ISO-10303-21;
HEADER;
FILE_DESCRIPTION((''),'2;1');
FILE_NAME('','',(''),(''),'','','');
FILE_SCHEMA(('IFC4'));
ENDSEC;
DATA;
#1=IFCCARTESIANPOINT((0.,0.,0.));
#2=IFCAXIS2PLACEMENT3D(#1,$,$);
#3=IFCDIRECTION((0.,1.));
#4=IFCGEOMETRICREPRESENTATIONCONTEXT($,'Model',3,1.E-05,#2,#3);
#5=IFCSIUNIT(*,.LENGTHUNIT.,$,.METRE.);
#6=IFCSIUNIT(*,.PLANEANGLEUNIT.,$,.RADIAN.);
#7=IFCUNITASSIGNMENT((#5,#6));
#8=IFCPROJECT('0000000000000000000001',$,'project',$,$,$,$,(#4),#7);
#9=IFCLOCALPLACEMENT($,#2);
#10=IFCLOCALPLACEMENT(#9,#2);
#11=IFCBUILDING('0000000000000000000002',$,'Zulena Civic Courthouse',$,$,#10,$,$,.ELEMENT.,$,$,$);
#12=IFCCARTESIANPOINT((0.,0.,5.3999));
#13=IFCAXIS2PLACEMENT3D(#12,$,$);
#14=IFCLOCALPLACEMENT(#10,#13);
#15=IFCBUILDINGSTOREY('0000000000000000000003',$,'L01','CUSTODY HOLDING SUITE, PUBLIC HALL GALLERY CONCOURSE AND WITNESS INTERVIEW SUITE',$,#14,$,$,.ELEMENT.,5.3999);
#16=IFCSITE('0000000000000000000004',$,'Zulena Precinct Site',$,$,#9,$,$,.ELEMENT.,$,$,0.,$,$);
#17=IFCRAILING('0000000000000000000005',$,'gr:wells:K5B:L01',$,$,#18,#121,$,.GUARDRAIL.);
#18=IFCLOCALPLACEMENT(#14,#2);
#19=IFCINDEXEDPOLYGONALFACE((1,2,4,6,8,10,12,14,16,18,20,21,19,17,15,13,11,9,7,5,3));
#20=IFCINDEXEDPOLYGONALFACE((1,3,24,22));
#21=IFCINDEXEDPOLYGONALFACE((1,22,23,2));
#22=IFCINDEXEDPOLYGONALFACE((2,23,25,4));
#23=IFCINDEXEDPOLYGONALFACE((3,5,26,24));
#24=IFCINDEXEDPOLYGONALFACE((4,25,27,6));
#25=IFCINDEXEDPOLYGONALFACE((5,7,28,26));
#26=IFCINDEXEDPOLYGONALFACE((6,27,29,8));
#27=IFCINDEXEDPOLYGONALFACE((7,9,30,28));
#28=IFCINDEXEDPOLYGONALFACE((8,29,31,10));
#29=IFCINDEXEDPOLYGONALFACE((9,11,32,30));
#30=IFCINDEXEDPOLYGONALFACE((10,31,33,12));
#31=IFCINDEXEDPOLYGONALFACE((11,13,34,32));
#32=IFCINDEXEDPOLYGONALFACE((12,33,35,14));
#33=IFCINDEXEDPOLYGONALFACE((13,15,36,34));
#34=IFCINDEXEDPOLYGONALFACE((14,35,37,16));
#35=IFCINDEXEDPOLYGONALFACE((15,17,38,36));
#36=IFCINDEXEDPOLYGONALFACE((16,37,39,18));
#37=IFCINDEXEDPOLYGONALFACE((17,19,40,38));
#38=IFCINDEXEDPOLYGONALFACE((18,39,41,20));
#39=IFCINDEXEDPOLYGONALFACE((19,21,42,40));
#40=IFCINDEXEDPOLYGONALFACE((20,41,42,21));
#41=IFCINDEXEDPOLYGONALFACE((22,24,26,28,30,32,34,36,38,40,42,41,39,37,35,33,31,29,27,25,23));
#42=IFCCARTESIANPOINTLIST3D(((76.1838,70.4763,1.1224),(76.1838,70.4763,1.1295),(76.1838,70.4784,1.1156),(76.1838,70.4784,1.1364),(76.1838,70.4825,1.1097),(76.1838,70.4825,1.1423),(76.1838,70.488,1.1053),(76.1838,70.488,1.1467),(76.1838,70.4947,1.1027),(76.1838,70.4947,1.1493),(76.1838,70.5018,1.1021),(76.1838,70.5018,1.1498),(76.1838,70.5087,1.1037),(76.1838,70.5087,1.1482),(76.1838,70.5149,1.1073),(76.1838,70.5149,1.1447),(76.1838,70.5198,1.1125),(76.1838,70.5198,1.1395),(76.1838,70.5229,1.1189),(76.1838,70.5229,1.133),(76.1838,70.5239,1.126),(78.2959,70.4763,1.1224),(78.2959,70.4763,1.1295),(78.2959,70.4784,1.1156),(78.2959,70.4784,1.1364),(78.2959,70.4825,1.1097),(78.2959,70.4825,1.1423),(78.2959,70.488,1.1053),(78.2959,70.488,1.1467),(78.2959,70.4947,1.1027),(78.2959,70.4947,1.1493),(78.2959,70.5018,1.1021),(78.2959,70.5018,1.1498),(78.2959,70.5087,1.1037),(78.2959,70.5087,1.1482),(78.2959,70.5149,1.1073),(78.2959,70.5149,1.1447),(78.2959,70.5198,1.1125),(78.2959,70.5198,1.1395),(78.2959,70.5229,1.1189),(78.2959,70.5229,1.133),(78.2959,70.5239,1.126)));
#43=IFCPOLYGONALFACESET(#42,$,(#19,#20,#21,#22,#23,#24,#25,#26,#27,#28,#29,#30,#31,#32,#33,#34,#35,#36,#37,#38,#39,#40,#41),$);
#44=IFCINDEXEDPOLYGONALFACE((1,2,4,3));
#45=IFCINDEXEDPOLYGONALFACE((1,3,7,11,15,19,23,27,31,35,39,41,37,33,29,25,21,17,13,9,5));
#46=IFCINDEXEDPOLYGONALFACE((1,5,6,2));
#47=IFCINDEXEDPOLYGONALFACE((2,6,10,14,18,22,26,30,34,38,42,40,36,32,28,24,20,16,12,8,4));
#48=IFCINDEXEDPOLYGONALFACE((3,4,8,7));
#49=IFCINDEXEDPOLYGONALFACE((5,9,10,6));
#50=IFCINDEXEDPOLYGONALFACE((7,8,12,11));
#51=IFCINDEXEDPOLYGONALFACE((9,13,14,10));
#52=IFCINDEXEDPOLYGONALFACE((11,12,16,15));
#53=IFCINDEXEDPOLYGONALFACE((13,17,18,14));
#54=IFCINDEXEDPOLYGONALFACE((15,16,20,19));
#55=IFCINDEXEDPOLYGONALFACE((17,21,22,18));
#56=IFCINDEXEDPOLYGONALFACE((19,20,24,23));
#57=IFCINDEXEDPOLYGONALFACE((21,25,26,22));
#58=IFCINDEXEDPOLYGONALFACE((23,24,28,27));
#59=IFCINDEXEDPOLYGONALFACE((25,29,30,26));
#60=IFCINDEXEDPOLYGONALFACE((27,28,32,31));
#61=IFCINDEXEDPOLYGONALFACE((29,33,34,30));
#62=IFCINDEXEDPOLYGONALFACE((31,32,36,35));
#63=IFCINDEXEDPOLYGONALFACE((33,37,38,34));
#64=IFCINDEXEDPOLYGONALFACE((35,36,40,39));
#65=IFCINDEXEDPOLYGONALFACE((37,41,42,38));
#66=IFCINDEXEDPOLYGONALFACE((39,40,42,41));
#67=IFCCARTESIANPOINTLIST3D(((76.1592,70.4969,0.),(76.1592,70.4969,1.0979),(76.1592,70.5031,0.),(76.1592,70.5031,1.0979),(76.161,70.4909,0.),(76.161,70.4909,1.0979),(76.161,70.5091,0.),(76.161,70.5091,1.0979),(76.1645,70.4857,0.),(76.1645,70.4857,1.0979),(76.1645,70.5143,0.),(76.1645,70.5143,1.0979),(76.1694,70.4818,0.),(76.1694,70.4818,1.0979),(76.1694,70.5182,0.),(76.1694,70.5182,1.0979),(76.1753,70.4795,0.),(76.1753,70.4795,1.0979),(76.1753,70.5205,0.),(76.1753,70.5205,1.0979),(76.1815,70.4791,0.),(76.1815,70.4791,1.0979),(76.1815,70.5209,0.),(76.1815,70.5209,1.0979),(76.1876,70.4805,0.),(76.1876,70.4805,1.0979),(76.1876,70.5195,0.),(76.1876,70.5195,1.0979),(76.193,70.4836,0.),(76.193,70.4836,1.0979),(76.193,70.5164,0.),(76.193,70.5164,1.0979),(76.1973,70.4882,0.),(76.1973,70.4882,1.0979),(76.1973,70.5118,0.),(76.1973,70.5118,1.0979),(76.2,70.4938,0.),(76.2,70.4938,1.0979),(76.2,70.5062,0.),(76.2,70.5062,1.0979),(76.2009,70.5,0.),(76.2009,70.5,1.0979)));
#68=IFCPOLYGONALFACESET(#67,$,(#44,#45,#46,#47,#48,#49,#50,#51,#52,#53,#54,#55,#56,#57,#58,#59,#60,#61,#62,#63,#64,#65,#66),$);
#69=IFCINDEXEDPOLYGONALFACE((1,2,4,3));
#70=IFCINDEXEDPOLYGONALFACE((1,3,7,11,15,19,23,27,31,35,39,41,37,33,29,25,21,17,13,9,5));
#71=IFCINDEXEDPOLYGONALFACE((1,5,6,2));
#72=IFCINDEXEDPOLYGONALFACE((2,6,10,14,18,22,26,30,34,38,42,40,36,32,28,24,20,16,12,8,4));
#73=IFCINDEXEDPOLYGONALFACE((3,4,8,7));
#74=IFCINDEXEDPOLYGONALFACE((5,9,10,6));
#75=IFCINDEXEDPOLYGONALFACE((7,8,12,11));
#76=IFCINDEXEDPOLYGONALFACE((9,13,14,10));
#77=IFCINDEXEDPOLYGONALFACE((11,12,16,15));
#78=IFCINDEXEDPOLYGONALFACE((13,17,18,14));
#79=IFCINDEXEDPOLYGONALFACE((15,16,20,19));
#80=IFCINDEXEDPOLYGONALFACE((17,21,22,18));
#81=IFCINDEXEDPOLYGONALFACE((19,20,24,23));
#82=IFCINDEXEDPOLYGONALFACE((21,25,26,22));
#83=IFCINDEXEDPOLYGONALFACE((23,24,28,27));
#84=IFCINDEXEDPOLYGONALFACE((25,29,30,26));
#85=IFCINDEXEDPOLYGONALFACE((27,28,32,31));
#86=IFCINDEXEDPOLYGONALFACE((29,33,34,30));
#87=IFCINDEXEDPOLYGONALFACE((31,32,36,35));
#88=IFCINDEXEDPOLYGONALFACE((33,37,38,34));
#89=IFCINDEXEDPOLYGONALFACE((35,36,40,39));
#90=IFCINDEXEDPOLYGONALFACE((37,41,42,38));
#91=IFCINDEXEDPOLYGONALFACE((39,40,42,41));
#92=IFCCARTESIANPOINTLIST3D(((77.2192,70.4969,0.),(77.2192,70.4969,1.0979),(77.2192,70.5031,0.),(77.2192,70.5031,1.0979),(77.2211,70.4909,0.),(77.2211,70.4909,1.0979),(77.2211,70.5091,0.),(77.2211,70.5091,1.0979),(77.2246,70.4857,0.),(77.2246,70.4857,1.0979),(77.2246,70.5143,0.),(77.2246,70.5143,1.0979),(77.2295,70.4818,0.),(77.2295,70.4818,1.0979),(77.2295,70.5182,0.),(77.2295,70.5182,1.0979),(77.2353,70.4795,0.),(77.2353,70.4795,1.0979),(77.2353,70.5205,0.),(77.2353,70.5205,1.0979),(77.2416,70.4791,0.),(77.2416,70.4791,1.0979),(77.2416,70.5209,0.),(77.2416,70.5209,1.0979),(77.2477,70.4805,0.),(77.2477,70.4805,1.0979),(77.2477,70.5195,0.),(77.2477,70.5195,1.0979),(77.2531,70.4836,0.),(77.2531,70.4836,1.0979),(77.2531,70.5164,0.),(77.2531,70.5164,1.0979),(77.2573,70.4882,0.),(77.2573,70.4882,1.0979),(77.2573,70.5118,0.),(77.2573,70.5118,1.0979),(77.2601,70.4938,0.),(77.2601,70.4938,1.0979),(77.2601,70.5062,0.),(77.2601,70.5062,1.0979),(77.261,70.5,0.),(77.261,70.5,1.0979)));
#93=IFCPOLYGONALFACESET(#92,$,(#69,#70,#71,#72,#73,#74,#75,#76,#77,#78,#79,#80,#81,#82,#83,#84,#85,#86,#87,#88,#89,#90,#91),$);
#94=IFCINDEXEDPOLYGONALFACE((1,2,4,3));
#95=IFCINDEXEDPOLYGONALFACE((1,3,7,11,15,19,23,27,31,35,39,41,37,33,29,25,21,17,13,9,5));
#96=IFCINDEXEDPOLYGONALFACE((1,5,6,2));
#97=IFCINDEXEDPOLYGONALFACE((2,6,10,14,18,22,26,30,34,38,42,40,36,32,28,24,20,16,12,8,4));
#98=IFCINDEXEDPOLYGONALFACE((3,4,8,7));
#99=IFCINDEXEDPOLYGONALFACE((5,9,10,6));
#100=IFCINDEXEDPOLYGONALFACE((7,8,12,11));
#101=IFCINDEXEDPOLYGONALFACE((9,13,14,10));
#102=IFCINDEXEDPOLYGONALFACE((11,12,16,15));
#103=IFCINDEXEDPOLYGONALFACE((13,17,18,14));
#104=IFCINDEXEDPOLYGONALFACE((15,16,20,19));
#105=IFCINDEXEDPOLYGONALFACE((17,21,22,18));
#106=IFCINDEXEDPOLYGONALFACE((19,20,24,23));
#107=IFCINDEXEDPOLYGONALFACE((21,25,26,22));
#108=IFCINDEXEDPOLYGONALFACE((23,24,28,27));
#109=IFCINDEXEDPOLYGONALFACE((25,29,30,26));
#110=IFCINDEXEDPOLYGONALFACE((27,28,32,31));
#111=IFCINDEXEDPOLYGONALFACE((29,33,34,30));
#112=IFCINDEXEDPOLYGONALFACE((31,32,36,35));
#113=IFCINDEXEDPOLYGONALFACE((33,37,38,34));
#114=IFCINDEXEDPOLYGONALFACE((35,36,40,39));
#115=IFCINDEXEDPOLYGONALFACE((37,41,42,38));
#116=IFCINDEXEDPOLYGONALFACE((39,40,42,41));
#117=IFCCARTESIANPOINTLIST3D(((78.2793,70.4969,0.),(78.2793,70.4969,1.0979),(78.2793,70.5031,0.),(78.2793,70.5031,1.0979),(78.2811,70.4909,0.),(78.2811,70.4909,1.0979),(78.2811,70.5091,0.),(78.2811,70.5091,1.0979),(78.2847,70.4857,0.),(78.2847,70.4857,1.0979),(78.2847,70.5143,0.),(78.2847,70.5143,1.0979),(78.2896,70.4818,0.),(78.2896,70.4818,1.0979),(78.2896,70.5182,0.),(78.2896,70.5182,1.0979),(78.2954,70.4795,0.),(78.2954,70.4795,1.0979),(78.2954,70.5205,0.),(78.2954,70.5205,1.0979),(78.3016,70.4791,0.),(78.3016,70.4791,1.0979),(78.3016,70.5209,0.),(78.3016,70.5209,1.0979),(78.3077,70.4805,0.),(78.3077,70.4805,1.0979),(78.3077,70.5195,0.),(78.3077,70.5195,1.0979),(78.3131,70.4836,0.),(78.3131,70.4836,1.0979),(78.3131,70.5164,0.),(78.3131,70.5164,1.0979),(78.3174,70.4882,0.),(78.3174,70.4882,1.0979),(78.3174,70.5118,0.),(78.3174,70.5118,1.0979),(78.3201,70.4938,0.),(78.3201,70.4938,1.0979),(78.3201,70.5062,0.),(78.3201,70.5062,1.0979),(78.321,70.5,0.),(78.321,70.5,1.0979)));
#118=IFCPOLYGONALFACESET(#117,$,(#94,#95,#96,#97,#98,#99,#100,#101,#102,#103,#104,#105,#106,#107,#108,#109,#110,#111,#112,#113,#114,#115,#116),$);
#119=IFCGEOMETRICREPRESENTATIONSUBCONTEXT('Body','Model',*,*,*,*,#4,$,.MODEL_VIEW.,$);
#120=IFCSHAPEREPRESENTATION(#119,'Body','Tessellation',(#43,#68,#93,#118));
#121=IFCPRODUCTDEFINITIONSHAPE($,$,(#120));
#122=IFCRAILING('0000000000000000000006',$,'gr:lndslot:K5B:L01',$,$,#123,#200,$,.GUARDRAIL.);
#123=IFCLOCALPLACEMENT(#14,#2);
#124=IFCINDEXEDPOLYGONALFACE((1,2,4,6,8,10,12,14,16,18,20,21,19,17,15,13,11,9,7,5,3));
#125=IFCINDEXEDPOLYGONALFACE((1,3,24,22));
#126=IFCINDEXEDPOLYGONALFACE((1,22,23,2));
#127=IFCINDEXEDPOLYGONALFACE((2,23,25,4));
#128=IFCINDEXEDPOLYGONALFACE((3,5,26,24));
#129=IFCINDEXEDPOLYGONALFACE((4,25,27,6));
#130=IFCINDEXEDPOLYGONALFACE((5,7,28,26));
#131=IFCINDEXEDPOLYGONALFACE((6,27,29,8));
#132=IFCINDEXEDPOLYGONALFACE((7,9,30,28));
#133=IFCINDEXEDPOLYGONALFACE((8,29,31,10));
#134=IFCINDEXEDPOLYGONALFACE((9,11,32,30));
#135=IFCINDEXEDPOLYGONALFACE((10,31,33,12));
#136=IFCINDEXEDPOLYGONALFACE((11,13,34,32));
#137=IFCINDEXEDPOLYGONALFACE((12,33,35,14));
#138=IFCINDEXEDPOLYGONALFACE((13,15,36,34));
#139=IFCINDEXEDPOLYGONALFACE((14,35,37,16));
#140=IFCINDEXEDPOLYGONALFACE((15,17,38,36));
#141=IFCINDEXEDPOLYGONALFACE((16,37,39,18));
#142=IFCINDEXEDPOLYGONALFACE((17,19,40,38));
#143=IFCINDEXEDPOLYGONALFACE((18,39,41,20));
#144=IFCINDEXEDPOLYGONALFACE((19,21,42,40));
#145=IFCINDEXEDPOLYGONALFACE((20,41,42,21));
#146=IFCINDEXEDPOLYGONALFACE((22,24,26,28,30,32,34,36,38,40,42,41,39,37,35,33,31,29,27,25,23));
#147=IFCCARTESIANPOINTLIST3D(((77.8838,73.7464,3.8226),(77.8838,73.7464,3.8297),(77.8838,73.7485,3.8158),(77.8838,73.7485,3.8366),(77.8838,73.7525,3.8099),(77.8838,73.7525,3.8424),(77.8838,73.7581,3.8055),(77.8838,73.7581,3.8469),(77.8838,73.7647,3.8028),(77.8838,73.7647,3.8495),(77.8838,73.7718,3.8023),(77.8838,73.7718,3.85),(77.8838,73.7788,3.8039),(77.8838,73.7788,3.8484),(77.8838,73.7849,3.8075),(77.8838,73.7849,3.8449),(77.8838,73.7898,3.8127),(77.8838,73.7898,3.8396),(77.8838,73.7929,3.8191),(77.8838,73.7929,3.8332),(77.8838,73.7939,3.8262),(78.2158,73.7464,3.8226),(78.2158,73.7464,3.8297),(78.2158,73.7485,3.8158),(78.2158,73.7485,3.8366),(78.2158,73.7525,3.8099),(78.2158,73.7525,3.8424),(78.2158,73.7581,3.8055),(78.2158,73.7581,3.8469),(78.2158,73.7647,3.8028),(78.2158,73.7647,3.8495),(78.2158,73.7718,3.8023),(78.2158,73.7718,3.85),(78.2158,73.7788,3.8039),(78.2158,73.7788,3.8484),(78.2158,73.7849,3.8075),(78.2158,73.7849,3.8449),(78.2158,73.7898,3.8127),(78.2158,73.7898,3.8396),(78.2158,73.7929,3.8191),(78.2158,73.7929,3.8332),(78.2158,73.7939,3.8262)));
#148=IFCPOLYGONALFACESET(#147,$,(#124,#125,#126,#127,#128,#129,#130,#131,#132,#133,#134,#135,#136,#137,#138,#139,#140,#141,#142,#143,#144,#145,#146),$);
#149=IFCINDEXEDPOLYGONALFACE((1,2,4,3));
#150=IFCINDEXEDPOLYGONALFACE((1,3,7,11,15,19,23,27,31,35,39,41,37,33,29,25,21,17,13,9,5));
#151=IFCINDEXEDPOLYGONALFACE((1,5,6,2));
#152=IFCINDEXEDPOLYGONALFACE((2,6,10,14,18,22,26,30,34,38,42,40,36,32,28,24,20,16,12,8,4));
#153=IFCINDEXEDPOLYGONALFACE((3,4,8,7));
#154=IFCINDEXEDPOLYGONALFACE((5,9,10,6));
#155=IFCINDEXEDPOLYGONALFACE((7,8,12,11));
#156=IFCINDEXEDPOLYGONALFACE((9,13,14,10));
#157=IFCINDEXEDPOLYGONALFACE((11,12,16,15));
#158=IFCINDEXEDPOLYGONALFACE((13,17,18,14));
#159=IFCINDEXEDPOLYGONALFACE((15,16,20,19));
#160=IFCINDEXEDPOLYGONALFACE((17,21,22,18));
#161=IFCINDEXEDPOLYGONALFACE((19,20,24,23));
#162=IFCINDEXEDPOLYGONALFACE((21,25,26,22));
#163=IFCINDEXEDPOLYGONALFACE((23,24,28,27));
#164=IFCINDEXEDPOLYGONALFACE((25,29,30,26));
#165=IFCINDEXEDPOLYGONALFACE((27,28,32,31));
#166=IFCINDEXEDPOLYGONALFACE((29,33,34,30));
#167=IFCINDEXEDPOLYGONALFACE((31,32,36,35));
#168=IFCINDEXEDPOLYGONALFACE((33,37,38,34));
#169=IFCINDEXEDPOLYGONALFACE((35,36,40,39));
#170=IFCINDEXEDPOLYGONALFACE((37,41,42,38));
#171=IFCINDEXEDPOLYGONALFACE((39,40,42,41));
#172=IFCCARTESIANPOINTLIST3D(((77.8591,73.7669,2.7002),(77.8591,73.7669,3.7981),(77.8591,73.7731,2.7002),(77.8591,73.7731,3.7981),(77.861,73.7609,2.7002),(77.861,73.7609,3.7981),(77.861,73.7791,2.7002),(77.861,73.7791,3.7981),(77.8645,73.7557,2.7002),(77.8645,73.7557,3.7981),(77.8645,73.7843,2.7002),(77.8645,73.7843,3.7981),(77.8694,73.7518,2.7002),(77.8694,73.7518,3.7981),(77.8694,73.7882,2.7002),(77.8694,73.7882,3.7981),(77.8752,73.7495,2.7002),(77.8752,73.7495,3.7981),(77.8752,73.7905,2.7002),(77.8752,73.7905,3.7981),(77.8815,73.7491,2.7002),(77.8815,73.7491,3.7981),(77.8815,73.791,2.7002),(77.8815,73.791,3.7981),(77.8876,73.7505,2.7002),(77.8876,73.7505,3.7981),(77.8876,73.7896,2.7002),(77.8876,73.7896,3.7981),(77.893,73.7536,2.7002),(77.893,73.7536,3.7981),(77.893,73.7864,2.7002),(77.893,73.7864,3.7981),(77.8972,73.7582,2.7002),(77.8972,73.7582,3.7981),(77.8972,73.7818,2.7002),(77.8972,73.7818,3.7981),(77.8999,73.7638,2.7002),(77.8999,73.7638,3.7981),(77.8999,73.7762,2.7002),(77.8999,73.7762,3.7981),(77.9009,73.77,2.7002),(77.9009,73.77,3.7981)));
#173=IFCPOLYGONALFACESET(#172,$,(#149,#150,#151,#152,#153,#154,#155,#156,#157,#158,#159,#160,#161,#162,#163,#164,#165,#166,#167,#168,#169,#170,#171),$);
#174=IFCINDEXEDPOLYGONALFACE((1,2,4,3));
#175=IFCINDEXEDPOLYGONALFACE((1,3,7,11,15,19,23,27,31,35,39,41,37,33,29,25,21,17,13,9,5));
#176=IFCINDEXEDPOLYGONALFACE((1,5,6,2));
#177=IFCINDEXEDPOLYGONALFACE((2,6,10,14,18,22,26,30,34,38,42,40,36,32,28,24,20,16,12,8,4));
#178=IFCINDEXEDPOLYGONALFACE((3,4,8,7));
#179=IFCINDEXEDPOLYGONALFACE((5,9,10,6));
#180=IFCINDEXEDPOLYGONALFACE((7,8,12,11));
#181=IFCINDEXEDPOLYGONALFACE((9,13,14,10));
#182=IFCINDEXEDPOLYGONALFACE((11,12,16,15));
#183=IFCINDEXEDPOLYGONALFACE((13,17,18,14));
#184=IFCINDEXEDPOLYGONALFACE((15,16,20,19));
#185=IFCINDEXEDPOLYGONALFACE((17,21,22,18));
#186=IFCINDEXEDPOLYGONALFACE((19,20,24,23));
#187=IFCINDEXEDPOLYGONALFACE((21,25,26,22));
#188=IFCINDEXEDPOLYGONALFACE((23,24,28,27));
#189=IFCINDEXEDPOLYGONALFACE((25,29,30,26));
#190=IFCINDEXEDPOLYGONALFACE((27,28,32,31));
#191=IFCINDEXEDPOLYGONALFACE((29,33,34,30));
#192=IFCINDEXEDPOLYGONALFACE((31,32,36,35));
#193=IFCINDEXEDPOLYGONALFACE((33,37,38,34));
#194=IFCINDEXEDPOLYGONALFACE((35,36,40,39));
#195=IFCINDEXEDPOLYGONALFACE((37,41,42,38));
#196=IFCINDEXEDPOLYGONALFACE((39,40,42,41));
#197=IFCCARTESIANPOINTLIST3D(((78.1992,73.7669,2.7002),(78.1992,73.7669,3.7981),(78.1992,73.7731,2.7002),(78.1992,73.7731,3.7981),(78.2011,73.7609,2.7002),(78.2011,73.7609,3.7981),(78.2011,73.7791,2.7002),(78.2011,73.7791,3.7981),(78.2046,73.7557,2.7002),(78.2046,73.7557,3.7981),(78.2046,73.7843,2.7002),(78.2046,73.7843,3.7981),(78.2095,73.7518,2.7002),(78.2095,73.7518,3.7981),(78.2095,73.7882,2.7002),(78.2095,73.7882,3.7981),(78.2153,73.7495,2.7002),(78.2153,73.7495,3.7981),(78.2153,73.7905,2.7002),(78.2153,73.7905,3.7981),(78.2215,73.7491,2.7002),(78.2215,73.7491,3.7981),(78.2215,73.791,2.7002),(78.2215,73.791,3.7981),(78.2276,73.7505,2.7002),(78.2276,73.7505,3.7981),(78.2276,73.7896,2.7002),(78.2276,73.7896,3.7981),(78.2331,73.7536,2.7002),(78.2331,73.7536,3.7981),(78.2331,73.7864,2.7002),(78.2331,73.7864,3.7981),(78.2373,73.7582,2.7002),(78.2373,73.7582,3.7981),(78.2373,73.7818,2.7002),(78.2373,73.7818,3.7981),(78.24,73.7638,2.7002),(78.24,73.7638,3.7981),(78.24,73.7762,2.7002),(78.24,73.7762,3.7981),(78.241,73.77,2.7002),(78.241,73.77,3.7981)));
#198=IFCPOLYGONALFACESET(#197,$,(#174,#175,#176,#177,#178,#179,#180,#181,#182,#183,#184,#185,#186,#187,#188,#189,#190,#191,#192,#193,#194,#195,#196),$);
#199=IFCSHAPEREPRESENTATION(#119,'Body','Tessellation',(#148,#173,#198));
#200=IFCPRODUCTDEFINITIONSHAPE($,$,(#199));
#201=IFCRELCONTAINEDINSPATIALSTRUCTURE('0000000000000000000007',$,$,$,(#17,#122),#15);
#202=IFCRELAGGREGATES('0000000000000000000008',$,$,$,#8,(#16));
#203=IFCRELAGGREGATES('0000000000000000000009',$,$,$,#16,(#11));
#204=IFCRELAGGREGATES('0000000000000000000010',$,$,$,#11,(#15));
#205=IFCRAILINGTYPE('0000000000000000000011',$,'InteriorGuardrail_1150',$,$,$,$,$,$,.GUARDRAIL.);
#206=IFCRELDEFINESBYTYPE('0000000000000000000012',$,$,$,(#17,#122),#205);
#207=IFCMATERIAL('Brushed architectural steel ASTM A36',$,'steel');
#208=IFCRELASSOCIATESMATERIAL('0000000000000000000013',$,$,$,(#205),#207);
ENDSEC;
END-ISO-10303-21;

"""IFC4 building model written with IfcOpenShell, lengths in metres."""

from ifc_helpers import new_model, si_unit, direction, frame, origin, origin_2d, place, context, subcontext, project, spatial, circle, extrude, material, type_object, element, save


model = new_model("IFC4")

# Units and contexts
model_context = context("Model", 3, precision=1e-05, world=origin(), true_north=direction((0.0, 1.0)))
body_context = subcontext(model_context, "Body", "Model", "MODEL_VIEW")
ifc_project = project(units=[si_unit("LENGTHUNIT", "METRE"), si_unit("PLANEANGLEUNIT", "RADIAN")], contexts=[model_context])

# Site, building, storey
site_placement = place(None, origin())
site = spatial("IfcSite", under=ifc_project, at=site_placement, Name="Zulena Precinct Site", CompositionType="ELEMENT", RefElevation=0.0)
building_placement = place(site_placement, origin())
building = spatial("IfcBuilding", under=site, at=building_placement, Name="Zulena Civic Courthouse", CompositionType="ELEMENT")
storey_placement = place(building_placement, frame((0.0, 0.0, 5.3999)))
storey = spatial("IfcBuildingStorey", under=building, at=storey_placement, Name="L01", Description="CUSTODY HOLDING SUITE, PUBLIC HALL GALLERY CONCOURSE AND WITNESS INTERVIEW SUITE", CompositionType="ELEMENT", Elevation=5.3999)

# Railings
ifc_material_1 = material(Name="Brushed architectural steel ASTM A36", Category="steel")
railing_type_1 = type_object("IfcRailingType", Name="InteriorGuardrail_1150", PredefinedType="GUARDRAIL", material=ifc_material_1)
railing_1_placement = place(storey_placement, frame((76.1799, 70.5, 0.0)))
element("IfcRailing", 1, at=railing_1_placement, inside=storey, type_object=railing_type_1, Name="gr:wells:K5B:L01", PredefinedType="GUARDRAIL", context=body_context, shape_type="SweptSolid", body=[
    extrude(circle(Radius=0.0239, at=origin_2d()), frame((0.0039, 0.0, 1.126), z_axis=(1.0, 0.0, 0.0), x_axis=(0.0, 1.0, 0.0)), (0.0, 0.0, 1.0), 2.1121),
    extrude(circle(Radius=0.021, at=origin_2d()), origin(), (0.0, 0.0, 1.0), 1.0979),
    extrude(circle(Radius=0.021, at=origin_2d()), frame((1.0601, 0.0, 0.0)), (0.0, 0.0, 1.0), 1.0979),
    extrude(circle(Radius=0.021, at=origin_2d()), frame((2.1201, 0.0, 0.0)), (0.0, 0.0, 1.0), 1.0979),
])
railing_2_placement = place(storey_placement, frame((77.8799, 73.77, 2.7002)))
element("IfcRailing", 2, at=railing_2_placement, inside=storey, type_object=railing_type_1, Name="gr:lndslot:K5B:L01", PredefinedType="GUARDRAIL", context=body_context, shape_type="SweptSolid", body=[
    extrude(circle(Radius=0.0239, at=origin_2d()), frame((0.0039, 0.0, 1.126), z_axis=(1.0, 0.0, 0.0), x_axis=(0.0, 1.0, 0.0)), (0.0, 0.0, 1.0), 0.332),
    extrude(circle(Radius=0.021, at=origin_2d()), origin(), (0.0, 0.0, 1.0), 1.0979),
    extrude(circle(Radius=0.021, at=origin_2d()), frame((0.3401, 0.0, 0.0)), (0.0, 0.0, 1.0), 1.0979),
])

save(model, "model.ifc")
